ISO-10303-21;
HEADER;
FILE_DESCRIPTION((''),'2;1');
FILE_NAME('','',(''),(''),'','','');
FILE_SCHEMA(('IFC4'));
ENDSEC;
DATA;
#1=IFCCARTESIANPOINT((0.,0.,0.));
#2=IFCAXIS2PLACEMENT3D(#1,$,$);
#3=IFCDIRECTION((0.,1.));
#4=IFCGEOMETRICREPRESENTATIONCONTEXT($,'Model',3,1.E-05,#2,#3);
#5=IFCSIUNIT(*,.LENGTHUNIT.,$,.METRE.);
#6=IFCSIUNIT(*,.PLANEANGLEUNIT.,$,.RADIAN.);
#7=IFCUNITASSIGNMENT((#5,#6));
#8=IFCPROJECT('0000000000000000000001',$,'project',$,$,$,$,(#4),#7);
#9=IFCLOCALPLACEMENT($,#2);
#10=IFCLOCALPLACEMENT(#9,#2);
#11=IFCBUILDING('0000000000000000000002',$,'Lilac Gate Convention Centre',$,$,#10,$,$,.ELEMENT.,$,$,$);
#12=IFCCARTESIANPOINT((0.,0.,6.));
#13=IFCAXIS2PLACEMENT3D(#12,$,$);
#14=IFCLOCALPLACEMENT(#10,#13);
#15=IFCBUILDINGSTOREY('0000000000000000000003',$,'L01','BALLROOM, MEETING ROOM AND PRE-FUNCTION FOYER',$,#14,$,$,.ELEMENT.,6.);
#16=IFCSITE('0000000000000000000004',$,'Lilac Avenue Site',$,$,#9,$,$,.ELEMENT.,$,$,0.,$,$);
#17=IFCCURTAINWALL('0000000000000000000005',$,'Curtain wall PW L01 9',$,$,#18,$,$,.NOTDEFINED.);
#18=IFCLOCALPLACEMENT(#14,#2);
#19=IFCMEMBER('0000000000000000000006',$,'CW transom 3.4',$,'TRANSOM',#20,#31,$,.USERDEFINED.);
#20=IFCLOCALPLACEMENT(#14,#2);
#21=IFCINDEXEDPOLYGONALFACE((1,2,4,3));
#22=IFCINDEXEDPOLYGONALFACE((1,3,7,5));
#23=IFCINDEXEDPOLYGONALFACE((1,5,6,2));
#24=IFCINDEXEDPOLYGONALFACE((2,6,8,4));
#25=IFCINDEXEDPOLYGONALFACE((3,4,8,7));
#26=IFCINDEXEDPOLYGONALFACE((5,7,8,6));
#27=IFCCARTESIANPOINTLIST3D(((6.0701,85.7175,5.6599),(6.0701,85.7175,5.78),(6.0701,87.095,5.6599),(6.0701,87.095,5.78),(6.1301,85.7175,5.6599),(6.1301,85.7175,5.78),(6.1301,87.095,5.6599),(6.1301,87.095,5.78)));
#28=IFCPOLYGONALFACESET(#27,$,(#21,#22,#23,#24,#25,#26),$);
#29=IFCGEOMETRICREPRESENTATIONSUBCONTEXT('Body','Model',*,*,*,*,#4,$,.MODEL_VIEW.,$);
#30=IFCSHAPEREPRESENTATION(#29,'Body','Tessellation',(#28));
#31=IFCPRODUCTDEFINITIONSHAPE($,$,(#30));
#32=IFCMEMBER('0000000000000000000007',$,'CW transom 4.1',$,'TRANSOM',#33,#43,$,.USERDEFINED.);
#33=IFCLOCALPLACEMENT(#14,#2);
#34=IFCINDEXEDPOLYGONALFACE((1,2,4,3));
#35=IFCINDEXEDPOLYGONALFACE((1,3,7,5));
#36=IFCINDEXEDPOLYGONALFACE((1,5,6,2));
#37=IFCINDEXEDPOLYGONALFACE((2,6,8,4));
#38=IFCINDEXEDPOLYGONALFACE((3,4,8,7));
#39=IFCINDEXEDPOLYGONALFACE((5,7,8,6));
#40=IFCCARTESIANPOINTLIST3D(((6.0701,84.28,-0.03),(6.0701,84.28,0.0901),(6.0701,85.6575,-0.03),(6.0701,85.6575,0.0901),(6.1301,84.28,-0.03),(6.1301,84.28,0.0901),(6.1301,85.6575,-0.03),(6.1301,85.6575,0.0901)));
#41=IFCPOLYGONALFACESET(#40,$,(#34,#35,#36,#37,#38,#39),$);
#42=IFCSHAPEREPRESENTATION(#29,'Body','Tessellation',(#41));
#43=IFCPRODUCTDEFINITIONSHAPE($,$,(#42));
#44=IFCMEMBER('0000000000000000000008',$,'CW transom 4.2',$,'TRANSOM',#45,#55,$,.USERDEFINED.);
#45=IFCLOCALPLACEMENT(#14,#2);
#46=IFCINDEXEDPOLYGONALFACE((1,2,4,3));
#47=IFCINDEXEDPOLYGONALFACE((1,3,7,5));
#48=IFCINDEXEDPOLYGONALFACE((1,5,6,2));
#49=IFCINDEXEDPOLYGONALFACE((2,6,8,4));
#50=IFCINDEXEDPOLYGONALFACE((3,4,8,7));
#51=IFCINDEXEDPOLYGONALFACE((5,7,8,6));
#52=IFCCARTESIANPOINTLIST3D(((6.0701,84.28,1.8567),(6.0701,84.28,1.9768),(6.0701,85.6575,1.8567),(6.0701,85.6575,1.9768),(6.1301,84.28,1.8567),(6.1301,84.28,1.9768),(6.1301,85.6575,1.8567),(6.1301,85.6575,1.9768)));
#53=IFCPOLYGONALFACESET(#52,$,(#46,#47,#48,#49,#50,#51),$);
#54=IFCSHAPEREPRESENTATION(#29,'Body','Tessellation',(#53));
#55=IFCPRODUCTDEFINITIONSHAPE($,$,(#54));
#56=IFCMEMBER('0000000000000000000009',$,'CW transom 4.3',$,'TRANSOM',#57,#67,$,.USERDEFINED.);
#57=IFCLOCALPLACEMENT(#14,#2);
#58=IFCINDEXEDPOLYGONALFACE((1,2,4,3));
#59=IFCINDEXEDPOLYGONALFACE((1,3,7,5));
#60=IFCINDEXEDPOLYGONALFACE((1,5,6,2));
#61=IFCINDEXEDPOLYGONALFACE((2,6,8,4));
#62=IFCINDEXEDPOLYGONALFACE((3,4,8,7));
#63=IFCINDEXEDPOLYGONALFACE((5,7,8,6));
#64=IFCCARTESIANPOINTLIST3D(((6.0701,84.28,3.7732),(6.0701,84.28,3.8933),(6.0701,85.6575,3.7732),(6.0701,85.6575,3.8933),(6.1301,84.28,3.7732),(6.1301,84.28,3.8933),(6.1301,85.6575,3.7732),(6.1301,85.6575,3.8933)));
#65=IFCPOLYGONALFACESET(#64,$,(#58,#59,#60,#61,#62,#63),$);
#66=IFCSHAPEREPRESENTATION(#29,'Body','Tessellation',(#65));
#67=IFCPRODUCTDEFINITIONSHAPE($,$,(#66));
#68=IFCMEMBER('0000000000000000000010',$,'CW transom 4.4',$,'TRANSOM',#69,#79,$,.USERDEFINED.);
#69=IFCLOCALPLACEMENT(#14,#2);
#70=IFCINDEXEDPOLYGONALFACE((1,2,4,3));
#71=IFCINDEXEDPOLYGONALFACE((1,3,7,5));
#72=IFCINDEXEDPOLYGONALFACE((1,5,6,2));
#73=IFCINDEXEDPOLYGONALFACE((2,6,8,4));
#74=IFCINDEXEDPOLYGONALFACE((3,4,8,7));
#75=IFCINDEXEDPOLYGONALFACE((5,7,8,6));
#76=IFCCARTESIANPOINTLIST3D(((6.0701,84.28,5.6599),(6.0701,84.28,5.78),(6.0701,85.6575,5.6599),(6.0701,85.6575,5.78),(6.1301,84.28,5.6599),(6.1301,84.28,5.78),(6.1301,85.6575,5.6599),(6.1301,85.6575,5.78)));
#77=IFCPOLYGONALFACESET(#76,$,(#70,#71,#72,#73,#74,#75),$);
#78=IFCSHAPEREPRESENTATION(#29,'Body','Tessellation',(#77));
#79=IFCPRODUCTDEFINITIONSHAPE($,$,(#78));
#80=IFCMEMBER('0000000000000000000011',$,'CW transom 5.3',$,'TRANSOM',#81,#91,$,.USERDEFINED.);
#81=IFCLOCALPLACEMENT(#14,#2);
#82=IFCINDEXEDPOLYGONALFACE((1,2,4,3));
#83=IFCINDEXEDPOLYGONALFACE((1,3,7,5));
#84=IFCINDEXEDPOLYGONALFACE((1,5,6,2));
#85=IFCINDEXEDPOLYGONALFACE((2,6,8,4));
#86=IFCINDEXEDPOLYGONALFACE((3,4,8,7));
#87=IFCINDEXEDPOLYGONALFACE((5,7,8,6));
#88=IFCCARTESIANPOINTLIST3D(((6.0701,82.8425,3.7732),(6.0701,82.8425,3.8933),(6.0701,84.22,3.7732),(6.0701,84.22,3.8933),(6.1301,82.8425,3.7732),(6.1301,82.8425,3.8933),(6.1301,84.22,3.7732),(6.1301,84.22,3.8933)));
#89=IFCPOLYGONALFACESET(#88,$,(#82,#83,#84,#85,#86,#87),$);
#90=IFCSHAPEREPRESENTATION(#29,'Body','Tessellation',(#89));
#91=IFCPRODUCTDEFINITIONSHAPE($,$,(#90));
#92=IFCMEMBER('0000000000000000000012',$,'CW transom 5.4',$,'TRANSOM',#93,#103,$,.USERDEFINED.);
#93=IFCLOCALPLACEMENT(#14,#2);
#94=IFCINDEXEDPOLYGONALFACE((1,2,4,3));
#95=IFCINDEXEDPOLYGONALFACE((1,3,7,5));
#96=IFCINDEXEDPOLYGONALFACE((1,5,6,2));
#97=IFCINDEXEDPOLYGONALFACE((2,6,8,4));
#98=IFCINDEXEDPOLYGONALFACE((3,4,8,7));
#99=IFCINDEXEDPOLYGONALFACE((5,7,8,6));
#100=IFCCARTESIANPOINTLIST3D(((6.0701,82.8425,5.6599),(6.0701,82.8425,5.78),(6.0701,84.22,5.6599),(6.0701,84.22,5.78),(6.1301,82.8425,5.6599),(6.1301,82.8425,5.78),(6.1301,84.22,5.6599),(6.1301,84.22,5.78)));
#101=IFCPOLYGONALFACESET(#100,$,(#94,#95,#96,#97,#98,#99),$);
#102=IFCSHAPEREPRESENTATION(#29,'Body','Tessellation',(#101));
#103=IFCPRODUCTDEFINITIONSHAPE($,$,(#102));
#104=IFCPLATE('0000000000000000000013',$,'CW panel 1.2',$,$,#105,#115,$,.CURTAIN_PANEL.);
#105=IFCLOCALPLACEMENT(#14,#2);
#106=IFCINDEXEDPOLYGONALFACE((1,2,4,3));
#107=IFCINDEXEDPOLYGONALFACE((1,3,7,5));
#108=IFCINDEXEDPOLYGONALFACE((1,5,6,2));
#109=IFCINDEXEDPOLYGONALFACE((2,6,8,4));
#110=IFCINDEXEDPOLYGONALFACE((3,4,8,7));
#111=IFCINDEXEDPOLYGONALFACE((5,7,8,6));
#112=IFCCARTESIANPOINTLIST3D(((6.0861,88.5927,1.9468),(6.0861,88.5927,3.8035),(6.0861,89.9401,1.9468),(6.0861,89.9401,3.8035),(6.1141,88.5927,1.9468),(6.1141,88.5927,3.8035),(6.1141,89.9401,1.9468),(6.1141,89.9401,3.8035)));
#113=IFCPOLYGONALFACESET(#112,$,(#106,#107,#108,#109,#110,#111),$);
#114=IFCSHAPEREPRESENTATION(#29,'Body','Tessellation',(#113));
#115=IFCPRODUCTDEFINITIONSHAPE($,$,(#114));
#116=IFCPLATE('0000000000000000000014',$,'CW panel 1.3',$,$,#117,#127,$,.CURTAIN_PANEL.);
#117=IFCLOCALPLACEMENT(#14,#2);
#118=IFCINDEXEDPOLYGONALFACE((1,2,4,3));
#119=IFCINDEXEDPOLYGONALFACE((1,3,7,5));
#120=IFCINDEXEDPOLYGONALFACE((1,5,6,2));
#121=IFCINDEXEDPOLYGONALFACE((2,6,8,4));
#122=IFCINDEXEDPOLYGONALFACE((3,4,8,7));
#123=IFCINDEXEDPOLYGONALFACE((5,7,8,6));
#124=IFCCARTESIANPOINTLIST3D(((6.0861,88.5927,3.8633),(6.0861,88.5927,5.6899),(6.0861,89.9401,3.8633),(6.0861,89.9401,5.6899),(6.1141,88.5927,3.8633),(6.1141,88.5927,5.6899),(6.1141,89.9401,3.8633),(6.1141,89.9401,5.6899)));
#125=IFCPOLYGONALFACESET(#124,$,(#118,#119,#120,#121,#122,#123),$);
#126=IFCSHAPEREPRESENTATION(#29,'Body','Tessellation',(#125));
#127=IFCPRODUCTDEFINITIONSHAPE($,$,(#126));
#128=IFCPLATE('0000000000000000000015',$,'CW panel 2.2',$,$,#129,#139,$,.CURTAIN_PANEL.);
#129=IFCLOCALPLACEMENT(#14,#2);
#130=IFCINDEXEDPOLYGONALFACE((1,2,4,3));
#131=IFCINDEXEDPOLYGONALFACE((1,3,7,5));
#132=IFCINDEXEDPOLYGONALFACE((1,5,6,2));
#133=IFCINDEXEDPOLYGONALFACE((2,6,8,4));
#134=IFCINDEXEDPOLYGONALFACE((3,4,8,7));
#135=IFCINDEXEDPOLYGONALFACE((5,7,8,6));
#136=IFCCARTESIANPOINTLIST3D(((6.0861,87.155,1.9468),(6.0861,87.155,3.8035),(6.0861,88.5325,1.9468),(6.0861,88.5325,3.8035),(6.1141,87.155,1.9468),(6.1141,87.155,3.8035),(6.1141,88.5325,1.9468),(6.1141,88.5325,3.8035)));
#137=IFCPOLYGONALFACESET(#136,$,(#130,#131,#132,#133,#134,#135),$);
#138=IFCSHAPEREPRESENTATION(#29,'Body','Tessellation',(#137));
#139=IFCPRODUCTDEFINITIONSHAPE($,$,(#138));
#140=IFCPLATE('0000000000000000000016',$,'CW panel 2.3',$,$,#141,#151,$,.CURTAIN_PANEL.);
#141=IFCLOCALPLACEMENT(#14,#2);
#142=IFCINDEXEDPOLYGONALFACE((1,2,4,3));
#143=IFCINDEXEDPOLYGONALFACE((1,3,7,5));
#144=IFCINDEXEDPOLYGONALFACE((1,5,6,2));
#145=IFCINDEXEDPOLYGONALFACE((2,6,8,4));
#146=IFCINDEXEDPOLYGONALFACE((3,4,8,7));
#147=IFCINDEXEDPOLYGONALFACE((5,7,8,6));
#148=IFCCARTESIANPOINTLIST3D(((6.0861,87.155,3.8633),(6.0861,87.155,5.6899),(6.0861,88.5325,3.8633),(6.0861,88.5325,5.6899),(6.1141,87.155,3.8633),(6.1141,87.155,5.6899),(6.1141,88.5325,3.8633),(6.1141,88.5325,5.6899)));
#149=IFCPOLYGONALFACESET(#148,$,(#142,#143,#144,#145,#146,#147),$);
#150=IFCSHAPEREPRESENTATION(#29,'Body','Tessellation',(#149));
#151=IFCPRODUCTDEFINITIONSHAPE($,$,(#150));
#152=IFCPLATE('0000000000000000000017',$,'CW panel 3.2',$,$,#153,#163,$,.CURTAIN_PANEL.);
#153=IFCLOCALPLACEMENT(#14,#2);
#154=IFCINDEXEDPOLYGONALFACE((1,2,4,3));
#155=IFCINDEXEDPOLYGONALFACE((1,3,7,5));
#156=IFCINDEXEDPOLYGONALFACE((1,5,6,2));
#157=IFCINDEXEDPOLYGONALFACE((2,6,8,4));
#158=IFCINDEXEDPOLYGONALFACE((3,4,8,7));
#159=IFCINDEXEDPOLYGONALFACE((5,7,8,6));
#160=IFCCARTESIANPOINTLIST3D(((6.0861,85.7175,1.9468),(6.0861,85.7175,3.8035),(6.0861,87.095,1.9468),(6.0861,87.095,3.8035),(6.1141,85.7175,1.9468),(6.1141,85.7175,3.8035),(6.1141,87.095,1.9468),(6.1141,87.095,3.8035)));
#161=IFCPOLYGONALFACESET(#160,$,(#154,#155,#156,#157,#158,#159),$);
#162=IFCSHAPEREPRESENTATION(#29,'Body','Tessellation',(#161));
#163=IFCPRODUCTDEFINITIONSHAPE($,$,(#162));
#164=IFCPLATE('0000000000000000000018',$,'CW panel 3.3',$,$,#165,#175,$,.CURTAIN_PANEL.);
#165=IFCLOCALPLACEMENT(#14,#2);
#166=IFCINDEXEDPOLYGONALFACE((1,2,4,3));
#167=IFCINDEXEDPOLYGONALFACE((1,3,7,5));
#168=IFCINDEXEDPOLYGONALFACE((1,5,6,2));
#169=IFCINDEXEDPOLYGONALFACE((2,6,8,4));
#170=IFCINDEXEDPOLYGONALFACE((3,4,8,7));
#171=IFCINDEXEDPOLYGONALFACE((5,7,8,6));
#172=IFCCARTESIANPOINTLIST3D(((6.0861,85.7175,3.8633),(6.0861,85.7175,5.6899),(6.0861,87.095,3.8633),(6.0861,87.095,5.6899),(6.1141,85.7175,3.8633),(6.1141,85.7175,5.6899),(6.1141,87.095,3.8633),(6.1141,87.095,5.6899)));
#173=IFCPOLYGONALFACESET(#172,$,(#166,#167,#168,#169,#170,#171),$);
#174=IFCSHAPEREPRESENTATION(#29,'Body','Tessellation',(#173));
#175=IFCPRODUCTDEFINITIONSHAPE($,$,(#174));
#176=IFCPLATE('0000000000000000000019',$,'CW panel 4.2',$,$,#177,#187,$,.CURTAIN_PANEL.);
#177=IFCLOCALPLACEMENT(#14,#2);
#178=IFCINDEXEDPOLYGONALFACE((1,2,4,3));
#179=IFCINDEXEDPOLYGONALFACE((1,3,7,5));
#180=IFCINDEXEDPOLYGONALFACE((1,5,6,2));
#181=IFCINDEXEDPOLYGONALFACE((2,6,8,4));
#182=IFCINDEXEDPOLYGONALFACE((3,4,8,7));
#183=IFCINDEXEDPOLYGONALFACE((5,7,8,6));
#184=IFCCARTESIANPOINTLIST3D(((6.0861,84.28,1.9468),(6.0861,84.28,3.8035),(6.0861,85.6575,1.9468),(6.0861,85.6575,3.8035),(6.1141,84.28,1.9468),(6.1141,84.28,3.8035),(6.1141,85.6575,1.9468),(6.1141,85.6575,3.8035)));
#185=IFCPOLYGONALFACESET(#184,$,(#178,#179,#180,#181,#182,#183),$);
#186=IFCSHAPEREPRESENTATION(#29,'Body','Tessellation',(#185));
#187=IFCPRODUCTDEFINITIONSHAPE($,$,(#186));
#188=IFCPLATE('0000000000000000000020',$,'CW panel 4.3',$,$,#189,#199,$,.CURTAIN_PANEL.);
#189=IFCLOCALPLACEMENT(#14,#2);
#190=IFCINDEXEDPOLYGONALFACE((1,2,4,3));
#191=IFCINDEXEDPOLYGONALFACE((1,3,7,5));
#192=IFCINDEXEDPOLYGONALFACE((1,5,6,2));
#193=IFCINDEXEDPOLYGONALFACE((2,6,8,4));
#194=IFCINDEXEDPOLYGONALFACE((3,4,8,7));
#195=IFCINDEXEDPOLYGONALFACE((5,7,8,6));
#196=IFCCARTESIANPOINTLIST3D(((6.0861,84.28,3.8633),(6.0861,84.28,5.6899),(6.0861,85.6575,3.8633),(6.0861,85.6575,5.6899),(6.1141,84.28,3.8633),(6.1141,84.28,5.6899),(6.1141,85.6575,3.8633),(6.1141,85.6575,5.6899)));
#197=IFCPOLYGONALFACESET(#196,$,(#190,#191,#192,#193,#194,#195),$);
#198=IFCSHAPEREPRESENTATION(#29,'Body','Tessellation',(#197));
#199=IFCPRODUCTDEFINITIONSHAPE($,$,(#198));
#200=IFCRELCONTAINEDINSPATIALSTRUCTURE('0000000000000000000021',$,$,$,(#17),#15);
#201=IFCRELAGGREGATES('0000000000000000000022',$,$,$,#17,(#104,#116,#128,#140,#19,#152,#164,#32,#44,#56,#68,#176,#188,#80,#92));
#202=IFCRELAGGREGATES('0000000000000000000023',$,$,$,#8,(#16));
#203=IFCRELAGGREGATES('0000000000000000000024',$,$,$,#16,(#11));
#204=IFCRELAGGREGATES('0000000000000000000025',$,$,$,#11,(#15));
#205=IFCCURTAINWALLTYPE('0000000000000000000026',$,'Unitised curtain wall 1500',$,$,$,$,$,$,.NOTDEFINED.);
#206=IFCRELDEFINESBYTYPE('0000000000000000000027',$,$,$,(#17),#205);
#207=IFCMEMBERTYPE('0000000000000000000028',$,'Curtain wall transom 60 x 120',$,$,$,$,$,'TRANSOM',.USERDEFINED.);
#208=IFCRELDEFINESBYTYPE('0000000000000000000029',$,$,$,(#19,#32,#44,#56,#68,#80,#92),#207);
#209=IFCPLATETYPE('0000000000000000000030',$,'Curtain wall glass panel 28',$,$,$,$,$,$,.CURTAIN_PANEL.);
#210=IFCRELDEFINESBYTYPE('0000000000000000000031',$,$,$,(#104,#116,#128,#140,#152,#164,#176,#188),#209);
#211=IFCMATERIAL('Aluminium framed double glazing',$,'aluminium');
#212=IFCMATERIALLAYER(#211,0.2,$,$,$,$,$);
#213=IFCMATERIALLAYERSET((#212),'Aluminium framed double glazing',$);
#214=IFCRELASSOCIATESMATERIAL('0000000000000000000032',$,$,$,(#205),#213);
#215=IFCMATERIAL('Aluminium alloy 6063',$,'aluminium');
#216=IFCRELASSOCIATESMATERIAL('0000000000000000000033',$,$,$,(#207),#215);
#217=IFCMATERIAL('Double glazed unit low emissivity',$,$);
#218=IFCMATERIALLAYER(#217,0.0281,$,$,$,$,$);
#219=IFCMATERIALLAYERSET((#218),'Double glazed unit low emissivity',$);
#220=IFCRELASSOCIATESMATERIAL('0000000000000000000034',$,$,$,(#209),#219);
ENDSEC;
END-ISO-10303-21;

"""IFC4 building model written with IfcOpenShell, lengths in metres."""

from ifc_helpers import new_model, si_unit, direction, frame, origin, origin_2d, place, context, subcontext, project, spatial, rectangle, extrude, material, layer, layer_set, material_profile, profile_set, type_object, element, aggregate, save


model = new_model("IFC4")

# Units and contexts
model_context = context("Model", 3, precision=1e-05, world=origin(), true_north=direction((0.0, 1.0)))
body_context = subcontext(model_context, "Body", "Model", "MODEL_VIEW")
ifc_project = project(units=[si_unit("LENGTHUNIT", "METRE"), si_unit("PLANEANGLEUNIT", "RADIAN")], contexts=[model_context])

# Site, building, storey
site_placement = place(None, origin())
site = spatial("IfcSite", under=ifc_project, at=site_placement, Name="Lilac Avenue Site", CompositionType="ELEMENT", RefElevation=0.0)
building_placement = place(site_placement, origin())
building = spatial("IfcBuilding", under=site, at=building_placement, Name="Lilac Gate Convention Centre", CompositionType="ELEMENT")
storey_placement = place(building_placement, frame((0.0, 0.0, 6.0)))
storey = spatial("IfcBuildingStorey", under=building, at=storey_placement, Name="L01", Description="BALLROOM, MEETING ROOM AND PRE-FUNCTION FOYER", CompositionType="ELEMENT", Elevation=6.0)

# Curtain wall, members, plates
ifc_material_1 = material(Name="Aluminium framed double glazing", Category="aluminium")
ifc_layer_1 = layer(ifc_material_1, 0.2)
ifc_layer_set_1 = layer_set([ifc_layer_1], Name="Aluminium framed double glazing")
curtain_wall_type = type_object("IfcCurtainWallType", Name="Unitised curtain wall 1500", PredefinedType="NOTDEFINED", material=ifc_layer_set_1)
curtain_wall_placement = place(storey_placement, origin())
curtain_wall = element("IfcCurtainWall", 1, at=curtain_wall_placement, inside=storey, type_object=curtain_wall_type, Name="Curtain wall PW L01 9", PredefinedType="NOTDEFINED")
ifc_material_2 = material(Name="Aluminium alloy 6063", Category="aluminium")
ifc_material_profile_1 = material_profile(ifc_material_2, rectangle(XDim=0.0601, YDim=0.1201, at=origin_2d()), Name="Curtain wall transom 60 x 120")
ifc_profile_set_1 = profile_set([ifc_material_profile_1], Name="Aluminium alloy 6063")
member_type_1 = type_object("IfcMemberType", Name="Curtain wall transom 60 x 120", ElementType="TRANSOM", PredefinedType="USERDEFINED", material=ifc_profile_set_1)
member_1_placement = place(storey_placement, frame((6.1001, 87.095, 5.72), z_axis=(0.0, -1.0, 0.0), x_axis=(1.0, 0.0, 0.0)))
member_1 = element("IfcMember", 2, at=member_1_placement, type_object=member_type_1, Name="CW transom 3.4", ObjectType="TRANSOM", PredefinedType="USERDEFINED", context=body_context, shape_type="SweptSolid", body=[
    extrude(rectangle(XDim=0.0601, YDim=0.1201, at=origin_2d()), origin(), (0.0, 0.0, 1.0), 1.3774),
])
member_2_placement = place(storey_placement, frame((6.1001, 85.6575, 0.03), z_axis=(0.0, -1.0, 0.0), x_axis=(1.0, 0.0, 0.0)))
member_2 = element("IfcMember", 3, at=member_2_placement, type_object=member_type_1, Name="CW transom 4.1", ObjectType="TRANSOM", PredefinedType="USERDEFINED", context=body_context, shape_type="SweptSolid", body=[
    extrude(rectangle(XDim=0.0601, YDim=0.1201, at=origin_2d()), origin(), (0.0, 0.0, 1.0), 1.3774),
])
member_3_placement = place(storey_placement, frame((6.1001, 85.6575, 1.9167), z_axis=(0.0, -1.0, 0.0), x_axis=(1.0, 0.0, 0.0)))
member_3 = element("IfcMember", 4, at=member_3_placement, type_object=member_type_1, Name="CW transom 4.2", ObjectType="TRANSOM", PredefinedType="USERDEFINED", context=body_context, shape_type="SweptSolid", body=[
    extrude(rectangle(XDim=0.0601, YDim=0.1201, at=origin_2d()), origin(), (0.0, 0.0, 1.0), 1.3774),
])
member_4_placement = place(storey_placement, frame((6.1001, 85.6575, 3.8333), z_axis=(0.0, -1.0, 0.0), x_axis=(1.0, 0.0, 0.0)))
member_4 = element("IfcMember", 5, at=member_4_placement, type_object=member_type_1, Name="CW transom 4.3", ObjectType="TRANSOM", PredefinedType="USERDEFINED", context=body_context, shape_type="SweptSolid", body=[
    extrude(rectangle(XDim=0.0601, YDim=0.1201, at=origin_2d()), origin(), (0.0, 0.0, 1.0), 1.3774),
])
member_5_placement = place(storey_placement, frame((6.1001, 85.6575, 5.72), z_axis=(0.0, -1.0, 0.0), x_axis=(1.0, 0.0, 0.0)))
member_5 = element("IfcMember", 6, at=member_5_placement, type_object=member_type_1, Name="CW transom 4.4", ObjectType="TRANSOM", PredefinedType="USERDEFINED", context=body_context, shape_type="SweptSolid", body=[
    extrude(rectangle(XDim=0.0601, YDim=0.1201, at=origin_2d()), origin(), (0.0, 0.0, 1.0), 1.3774),
])
member_6_placement = place(storey_placement, frame((6.1001, 84.22, 3.8333), z_axis=(0.0, -1.0, 0.0), x_axis=(1.0, 0.0, 0.0)))
member_6 = element("IfcMember", 7, at=member_6_placement, type_object=member_type_1, Name="CW transom 5.3", ObjectType="TRANSOM", PredefinedType="USERDEFINED", context=body_context, shape_type="SweptSolid", body=[
    extrude(rectangle(XDim=0.0601, YDim=0.1201, at=origin_2d()), origin(), (0.0, 0.0, 1.0), 1.3774),
])
member_7_placement = place(storey_placement, frame((6.1001, 84.22, 5.72), z_axis=(0.0, -1.0, 0.0), x_axis=(1.0, 0.0, 0.0)))
member_7 = element("IfcMember", 8, at=member_7_placement, type_object=member_type_1, Name="CW transom 5.4", ObjectType="TRANSOM", PredefinedType="USERDEFINED", context=body_context, shape_type="SweptSolid", body=[
    extrude(rectangle(XDim=0.0601, YDim=0.1201, at=origin_2d()), origin(), (0.0, 0.0, 1.0), 1.3774),
])
ifc_material_3 = material(Name="Double glazed unit low emissivity")
ifc_layer_2 = layer(ifc_material_3, 0.0281)
ifc_layer_set_2 = layer_set([ifc_layer_2], Name="Double glazed unit low emissivity")
plate_type_1 = type_object("IfcPlateType", Name="Curtain wall glass panel 28", PredefinedType="CURTAIN_PANEL", material=ifc_layer_set_2)
plate_1_placement = place(storey_placement, frame((6.1001, 89.2664, 1.9468), z_axis=(0.0, 0.0, 1.0), x_axis=(0.0, -1.0, 0.0)))
plate_1 = element("IfcPlate", 9, at=plate_1_placement, type_object=plate_type_1, Name="CW panel 1.2", PredefinedType="CURTAIN_PANEL", context=body_context, shape_type="SweptSolid", body=[
    extrude(rectangle(XDim=1.3474, YDim=0.0281, at=origin_2d()), origin(), (0.0, 0.0, 1.0), 1.8567),
])
plate_2_placement = place(storey_placement, frame((6.1001, 89.2664, 3.8633), z_axis=(0.0, 0.0, 1.0), x_axis=(0.0, -1.0, 0.0)))
plate_2 = element("IfcPlate", 10, at=plate_2_placement, type_object=plate_type_1, Name="CW panel 1.3", PredefinedType="CURTAIN_PANEL", context=body_context, shape_type="SweptSolid", body=[
    extrude(rectangle(XDim=1.3474, YDim=0.0281, at=origin_2d()), origin(), (0.0, 0.0, 1.0), 1.8267),
])
plate_3_placement = place(storey_placement, frame((6.1001, 87.8438, 1.9468), z_axis=(0.0, 0.0, 1.0), x_axis=(0.0, -1.0, 0.0)))
plate_3 = element("IfcPlate", 11, at=plate_3_placement, type_object=plate_type_1, Name="CW panel 2.2", PredefinedType="CURTAIN_PANEL", context=body_context, shape_type="SweptSolid", body=[
    extrude(rectangle(XDim=1.3774, YDim=0.0281, at=origin_2d()), origin(), (0.0, 0.0, 1.0), 1.8567),
])
plate_4_placement = place(storey_placement, frame((6.1001, 87.8438, 3.8633), z_axis=(0.0, 0.0, 1.0), x_axis=(0.0, -1.0, 0.0)))
plate_4 = element("IfcPlate", 12, at=plate_4_placement, type_object=plate_type_1, Name="CW panel 2.3", PredefinedType="CURTAIN_PANEL", context=body_context, shape_type="SweptSolid", body=[
    extrude(rectangle(XDim=1.3774, YDim=0.0281, at=origin_2d()), origin(), (0.0, 0.0, 1.0), 1.8267),
])
plate_5_placement = place(storey_placement, frame((6.1001, 86.4062, 1.9468), z_axis=(0.0, 0.0, 1.0), x_axis=(0.0, -1.0, 0.0)))
plate_5 = element("IfcPlate", 13, at=plate_5_placement, type_object=plate_type_1, Name="CW panel 3.2", PredefinedType="CURTAIN_PANEL", context=body_context, shape_type="SweptSolid", body=[
    extrude(rectangle(XDim=1.3774, YDim=0.0281, at=origin_2d()), origin(), (0.0, 0.0, 1.0), 1.8567),
])
plate_6_placement = place(storey_placement, frame((6.1001, 86.4062, 3.8633), z_axis=(0.0, 0.0, 1.0), x_axis=(0.0, -1.0, 0.0)))
plate_6 = element("IfcPlate", 14, at=plate_6_placement, type_object=plate_type_1, Name="CW panel 3.3", PredefinedType="CURTAIN_PANEL", context=body_context, shape_type="SweptSolid", body=[
    extrude(rectangle(XDim=1.3774, YDim=0.0281, at=origin_2d()), origin(), (0.0, 0.0, 1.0), 1.8267),
])
plate_7_placement = place(storey_placement, frame((6.1001, 84.9688, 1.9468), z_axis=(0.0, 0.0, 1.0), x_axis=(0.0, -1.0, 0.0)))
plate_7 = element("IfcPlate", 15, at=plate_7_placement, type_object=plate_type_1, Name="CW panel 4.2", PredefinedType="CURTAIN_PANEL", context=body_context, shape_type="SweptSolid", body=[
    extrude(rectangle(XDim=1.3774, YDim=0.0281, at=origin_2d()), origin(), (0.0, 0.0, 1.0), 1.8567),
])
plate_8_placement = place(storey_placement, frame((6.1001, 84.9688, 3.8633), z_axis=(0.0, 0.0, 1.0), x_axis=(0.0, -1.0, 0.0)))
plate_8 = element("IfcPlate", 16, at=plate_8_placement, type_object=plate_type_1, Name="CW panel 4.3", PredefinedType="CURTAIN_PANEL", context=body_context, shape_type="SweptSolid", body=[
    extrude(rectangle(XDim=1.3774, YDim=0.0281, at=origin_2d()), origin(), (0.0, 0.0, 1.0), 1.8267),
])
aggregate(curtain_wall, [plate_1, plate_2, plate_3, plate_4, member_1, plate_5, plate_6, member_2, member_3, member_4, member_5, plate_7, plate_8, member_6, member_7])

save(model, "model.ifc")
